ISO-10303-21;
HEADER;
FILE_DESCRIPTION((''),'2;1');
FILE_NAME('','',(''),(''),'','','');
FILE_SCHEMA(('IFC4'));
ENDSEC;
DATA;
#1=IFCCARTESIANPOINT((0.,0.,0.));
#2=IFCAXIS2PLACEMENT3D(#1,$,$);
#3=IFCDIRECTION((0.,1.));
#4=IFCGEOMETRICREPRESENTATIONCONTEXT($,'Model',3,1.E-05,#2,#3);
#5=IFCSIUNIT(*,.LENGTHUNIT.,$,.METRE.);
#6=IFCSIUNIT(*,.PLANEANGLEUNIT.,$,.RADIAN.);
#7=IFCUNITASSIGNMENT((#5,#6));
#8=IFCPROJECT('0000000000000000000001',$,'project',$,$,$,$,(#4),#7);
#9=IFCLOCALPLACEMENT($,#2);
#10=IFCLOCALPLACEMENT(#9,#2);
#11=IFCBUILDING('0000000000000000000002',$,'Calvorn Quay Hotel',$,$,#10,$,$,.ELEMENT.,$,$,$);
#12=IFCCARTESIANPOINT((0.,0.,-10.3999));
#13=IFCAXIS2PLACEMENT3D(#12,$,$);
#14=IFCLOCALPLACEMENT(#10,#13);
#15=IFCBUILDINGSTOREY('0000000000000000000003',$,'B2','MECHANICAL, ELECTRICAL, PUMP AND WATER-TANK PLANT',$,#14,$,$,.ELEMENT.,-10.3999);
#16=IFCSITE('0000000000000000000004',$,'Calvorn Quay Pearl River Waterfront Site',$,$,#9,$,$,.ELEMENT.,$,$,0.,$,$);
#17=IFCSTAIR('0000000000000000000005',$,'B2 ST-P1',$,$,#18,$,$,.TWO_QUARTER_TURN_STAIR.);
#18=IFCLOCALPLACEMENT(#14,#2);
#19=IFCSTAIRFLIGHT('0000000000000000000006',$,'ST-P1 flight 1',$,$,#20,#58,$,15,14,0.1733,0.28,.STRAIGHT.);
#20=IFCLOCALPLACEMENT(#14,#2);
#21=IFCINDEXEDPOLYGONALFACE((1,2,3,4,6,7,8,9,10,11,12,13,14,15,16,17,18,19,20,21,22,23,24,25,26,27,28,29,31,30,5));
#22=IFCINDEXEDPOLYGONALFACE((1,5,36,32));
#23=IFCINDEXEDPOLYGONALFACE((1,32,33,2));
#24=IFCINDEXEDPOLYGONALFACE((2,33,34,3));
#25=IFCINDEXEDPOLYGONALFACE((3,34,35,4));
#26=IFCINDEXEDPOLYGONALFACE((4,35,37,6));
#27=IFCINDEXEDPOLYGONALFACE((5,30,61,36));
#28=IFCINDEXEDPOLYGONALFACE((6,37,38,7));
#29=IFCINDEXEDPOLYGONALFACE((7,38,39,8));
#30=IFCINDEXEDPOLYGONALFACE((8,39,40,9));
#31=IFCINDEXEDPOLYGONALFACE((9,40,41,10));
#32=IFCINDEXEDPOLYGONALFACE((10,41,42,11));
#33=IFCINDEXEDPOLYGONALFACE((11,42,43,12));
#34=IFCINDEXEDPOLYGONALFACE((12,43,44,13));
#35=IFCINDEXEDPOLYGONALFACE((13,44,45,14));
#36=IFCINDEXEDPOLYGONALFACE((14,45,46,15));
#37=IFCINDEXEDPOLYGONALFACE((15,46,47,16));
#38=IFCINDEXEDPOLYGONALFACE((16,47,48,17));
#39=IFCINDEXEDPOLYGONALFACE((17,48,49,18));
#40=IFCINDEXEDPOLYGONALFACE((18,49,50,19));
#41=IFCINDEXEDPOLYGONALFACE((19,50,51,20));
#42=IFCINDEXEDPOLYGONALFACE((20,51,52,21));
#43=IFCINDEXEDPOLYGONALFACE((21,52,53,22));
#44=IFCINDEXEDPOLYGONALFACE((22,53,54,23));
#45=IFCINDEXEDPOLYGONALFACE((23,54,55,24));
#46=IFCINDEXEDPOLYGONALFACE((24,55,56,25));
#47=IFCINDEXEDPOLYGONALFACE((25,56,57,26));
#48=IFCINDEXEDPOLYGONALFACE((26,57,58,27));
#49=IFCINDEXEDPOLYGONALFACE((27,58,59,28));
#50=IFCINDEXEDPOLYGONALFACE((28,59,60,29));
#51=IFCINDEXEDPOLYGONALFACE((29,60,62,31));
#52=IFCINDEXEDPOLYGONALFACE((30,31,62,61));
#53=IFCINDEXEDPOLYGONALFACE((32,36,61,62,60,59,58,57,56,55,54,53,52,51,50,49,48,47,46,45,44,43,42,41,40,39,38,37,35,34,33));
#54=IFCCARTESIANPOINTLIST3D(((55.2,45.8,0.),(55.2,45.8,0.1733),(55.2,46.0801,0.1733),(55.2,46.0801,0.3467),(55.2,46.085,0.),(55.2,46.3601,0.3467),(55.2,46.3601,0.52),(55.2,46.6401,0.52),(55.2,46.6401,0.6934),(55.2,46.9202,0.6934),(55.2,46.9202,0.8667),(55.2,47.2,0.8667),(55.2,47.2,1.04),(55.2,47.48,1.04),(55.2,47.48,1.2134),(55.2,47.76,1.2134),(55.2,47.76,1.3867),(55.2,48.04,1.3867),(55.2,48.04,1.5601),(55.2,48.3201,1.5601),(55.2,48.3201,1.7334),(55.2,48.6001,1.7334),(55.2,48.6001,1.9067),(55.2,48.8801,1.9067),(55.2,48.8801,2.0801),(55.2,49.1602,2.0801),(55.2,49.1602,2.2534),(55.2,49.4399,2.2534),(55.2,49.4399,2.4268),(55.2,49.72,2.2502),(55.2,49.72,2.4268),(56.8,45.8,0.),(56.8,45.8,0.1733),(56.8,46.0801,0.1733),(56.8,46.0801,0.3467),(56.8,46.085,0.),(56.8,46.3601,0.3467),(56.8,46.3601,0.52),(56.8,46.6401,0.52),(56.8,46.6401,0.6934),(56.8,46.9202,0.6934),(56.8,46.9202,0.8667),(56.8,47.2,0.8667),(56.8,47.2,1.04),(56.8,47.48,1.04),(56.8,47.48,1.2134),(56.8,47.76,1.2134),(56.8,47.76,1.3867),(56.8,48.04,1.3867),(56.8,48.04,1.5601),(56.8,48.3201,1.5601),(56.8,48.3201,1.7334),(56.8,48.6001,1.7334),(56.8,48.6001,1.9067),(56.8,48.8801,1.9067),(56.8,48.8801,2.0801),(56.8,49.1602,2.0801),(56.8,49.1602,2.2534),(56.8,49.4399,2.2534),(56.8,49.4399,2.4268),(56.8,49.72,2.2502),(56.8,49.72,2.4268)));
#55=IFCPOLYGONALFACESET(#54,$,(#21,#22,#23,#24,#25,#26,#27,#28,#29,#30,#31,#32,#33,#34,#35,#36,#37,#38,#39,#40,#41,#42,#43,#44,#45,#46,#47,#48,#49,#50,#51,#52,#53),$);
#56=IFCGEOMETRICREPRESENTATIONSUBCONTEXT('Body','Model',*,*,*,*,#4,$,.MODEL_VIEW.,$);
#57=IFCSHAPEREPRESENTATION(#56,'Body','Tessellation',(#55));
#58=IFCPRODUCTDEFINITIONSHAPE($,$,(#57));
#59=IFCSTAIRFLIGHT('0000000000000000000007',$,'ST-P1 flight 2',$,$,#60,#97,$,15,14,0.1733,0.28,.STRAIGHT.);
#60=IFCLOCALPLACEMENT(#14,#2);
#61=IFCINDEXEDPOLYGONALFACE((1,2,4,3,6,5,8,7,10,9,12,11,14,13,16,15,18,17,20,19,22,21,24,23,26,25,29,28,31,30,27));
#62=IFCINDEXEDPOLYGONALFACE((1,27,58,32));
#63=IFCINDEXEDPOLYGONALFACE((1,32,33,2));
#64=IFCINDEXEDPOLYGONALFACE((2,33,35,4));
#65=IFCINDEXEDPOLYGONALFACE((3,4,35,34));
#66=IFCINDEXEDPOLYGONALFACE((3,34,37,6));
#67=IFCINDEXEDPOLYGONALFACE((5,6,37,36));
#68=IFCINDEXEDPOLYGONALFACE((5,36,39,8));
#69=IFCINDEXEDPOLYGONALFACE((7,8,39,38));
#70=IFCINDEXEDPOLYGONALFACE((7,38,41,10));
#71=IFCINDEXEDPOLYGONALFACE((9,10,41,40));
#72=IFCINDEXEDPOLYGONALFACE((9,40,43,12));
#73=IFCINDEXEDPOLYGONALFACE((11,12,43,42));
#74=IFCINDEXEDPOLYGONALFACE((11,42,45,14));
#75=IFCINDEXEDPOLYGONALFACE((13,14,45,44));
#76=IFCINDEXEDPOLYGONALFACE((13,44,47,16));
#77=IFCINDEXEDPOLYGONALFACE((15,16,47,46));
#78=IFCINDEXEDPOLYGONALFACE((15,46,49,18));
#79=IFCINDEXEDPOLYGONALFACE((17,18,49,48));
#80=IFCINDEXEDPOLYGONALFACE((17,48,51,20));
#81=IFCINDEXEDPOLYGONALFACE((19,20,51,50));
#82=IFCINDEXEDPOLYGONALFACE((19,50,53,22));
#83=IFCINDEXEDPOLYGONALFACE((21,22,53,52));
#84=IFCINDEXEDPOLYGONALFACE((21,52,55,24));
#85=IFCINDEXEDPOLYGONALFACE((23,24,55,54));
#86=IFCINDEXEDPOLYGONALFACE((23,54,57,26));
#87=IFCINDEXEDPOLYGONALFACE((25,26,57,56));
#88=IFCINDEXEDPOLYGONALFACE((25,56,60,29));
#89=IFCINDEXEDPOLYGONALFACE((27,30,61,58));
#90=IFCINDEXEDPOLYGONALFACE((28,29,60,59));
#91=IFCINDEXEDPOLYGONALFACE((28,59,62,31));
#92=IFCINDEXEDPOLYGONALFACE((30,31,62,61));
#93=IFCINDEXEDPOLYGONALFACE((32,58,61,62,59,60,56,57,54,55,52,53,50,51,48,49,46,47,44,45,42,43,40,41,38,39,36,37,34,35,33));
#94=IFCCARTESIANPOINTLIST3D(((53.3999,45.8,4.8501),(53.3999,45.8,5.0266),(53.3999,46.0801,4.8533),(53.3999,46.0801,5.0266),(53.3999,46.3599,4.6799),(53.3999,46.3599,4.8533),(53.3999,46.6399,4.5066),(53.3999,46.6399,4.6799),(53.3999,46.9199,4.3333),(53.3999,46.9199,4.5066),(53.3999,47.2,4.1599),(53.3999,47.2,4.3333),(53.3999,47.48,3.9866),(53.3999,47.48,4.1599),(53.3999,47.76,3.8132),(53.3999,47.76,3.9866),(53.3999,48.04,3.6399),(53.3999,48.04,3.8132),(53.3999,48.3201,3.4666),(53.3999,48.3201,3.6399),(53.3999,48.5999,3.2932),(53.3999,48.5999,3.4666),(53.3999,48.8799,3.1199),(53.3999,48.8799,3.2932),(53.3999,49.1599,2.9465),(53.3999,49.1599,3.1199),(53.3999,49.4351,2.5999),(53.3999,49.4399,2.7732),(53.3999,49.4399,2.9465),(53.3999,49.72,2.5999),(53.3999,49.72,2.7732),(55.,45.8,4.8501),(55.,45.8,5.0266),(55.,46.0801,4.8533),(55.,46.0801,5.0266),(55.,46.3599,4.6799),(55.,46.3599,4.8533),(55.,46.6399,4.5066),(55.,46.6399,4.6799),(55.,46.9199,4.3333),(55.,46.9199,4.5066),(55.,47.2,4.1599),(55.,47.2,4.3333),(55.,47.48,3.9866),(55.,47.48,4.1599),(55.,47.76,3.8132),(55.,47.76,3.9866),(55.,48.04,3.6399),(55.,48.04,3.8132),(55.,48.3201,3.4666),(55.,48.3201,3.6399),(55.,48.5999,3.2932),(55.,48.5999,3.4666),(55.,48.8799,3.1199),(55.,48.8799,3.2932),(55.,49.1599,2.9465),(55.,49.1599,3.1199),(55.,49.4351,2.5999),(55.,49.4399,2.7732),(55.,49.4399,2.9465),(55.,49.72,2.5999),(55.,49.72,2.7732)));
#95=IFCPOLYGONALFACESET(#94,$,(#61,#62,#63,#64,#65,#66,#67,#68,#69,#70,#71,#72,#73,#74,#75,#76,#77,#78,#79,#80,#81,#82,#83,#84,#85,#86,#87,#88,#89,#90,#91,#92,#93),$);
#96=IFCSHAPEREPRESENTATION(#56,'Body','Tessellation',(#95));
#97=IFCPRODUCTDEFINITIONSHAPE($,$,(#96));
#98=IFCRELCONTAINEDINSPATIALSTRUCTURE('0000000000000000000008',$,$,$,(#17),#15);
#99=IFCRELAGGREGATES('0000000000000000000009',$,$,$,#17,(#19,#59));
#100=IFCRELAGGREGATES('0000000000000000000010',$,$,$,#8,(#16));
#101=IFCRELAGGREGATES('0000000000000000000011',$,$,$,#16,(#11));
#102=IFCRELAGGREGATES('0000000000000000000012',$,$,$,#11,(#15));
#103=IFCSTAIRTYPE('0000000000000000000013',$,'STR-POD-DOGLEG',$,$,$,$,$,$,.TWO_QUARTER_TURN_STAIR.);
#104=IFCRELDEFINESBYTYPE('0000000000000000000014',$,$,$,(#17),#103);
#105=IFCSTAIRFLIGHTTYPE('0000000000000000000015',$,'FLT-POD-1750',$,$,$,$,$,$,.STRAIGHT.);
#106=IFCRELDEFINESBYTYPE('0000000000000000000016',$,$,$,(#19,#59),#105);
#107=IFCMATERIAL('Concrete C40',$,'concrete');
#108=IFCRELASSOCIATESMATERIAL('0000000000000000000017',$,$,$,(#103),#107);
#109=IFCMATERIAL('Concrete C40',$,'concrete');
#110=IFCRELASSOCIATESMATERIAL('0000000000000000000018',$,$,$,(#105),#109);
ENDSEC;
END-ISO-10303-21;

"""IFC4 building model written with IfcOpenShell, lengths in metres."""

from ifc_helpers import new_model, si_unit, direction, frame, origin, place, context, subcontext, project, spatial, polyline, outline, extrude, material, type_object, element, aggregate, save


model = new_model("IFC4")

# Units and contexts
model_context = context("Model", 3, precision=1e-05, world=origin(), true_north=direction((0.0, 1.0)))
body_context = subcontext(model_context, "Body", "Model", "MODEL_VIEW")
ifc_project = project(units=[si_unit("LENGTHUNIT", "METRE"), si_unit("PLANEANGLEUNIT", "RADIAN")], contexts=[model_context])

# Site, building, storey
site_placement = place(None, origin())
site = spatial("IfcSite", under=ifc_project, at=site_placement, Name="Calvorn Quay Pearl River Waterfront Site", CompositionType="ELEMENT", RefElevation=0.0)
building_placement = place(site_placement, origin())
building = spatial("IfcBuilding", under=site, at=building_placement, Name="Calvorn Quay Hotel", CompositionType="ELEMENT")
storey_placement = place(building_placement, frame((0.0, 0.0, -10.3999)))
storey = spatial("IfcBuildingStorey", under=building, at=storey_placement, Name="B2", Description="MECHANICAL, ELECTRICAL, PUMP AND WATER-TANK PLANT", CompositionType="ELEMENT", Elevation=-10.3999)

# Stair, stair flights
ifc_material_1 = material(Name="Concrete C40", Category="concrete")
stair_type = type_object("IfcStairType", Name="STR-POD-DOGLEG", PredefinedType="TWO_QUARTER_TURN_STAIR", material=ifc_material_1)
stair_placement = place(storey_placement, origin())
stair = element("IfcStair", 1, at=stair_placement, inside=storey, type_object=stair_type, Name="B2 ST-P1", PredefinedType="TWO_QUARTER_TURN_STAIR")
ifc_material_2 = material(Name="Concrete C40", Category="concrete")
stair_flight_type = type_object("IfcStairFlightType", Name="FLT-POD-1750", PredefinedType="STRAIGHT", material=ifc_material_2)
stair_flight_1_placement = place(storey_placement, frame((56.0, 45.8, 0.0), z_axis=(0.0, 0.0, 1.0), x_axis=(0.0, 1.0, 0.0)))
stair_flight_1 = element("IfcStairFlight", 2, at=stair_flight_1_placement, type_object=stair_flight_type, Name="ST-P1 flight 1", NumberOfRisers=15, NumberOfTreads=14, PredefinedType="STRAIGHT", RiserHeight=0.1733, TreadLength=0.28, context=body_context, shape_type="SweptSolid", body=[
    extrude(outline(polyline([(0.0, 0.0), (0.0, 0.1733), (0.28, 0.1733), (0.28, 0.3467), (0.5601, 0.3467), (0.5601, 0.52), (0.8401, 0.52), (0.8401, 0.6934), (1.1201, 0.6934), (1.1201, 0.8667), (1.3999, 0.8667), (1.3999, 1.04), (1.6799, 1.04), (1.6799, 1.2134), (1.96, 1.2134), (1.96, 1.3867), (2.24, 1.3867), (2.24, 1.5601), (2.52, 1.5601), (2.52, 1.7334), (2.8, 1.7334), (2.8, 1.9067), (3.0801, 1.9067), (3.0801, 2.0801), (3.3601, 2.0801), (3.3601, 2.2534), (3.6399, 2.2534), (3.6399, 2.4268), (3.9199, 2.4268), (3.9199, 2.6001), (3.9199, 2.2502), (0.2849, 0.0), (0.0, 0.0)])), frame((0.0, 0.8, 0.0), z_axis=(0.0, -1.0, 0.0), x_axis=(1.0, 0.0, 0.0)), (0.0, 0.0, 1.0), 1.6001),
])
stair_flight_2_placement = place(storey_placement, frame((54.2, 49.72, 2.5999), z_axis=(0.0, 0.0, 1.0), x_axis=(0.0, -1.0, 0.0)))
stair_flight_2 = element("IfcStairFlight", 3, at=stair_flight_2_placement, type_object=stair_flight_type, Name="ST-P1 flight 2", NumberOfRisers=15, NumberOfTreads=14, PredefinedType="STRAIGHT", RiserHeight=0.1733, TreadLength=0.28, context=body_context, shape_type="SweptSolid", body=[
    extrude(outline(polyline([(0.0, 0.0), (0.0, 0.1733), (0.28, 0.1733), (0.28, 0.3467), (0.5601, 0.3467), (0.5601, 0.52), (0.8401, 0.52), (0.8401, 0.6934), (1.1201, 0.6934), (1.1201, 0.8667), (1.3999, 0.8667), (1.3999, 1.04), (1.6799, 1.04), (1.6799, 1.2134), (1.96, 1.2134), (1.96, 1.3867), (2.24, 1.3867), (2.24, 1.5601), (2.52, 1.5601), (2.52, 1.7334), (2.8, 1.7334), (2.8, 1.9067), (3.0801, 1.9067), (3.0801, 2.0801), (3.3601, 2.0801), (3.3601, 2.2534), (3.6399, 2.2534), (3.6399, 2.4268), (3.9199, 2.4268), (3.9199, 2.6001), (3.9199, 2.2502), (0.2849, 0.0), (0.0, 0.0)])), frame((0.0, 0.8, 0.0), z_axis=(0.0, -1.0, 0.0), x_axis=(1.0, 0.0, 0.0)), (0.0, 0.0, 1.0), 1.6001),
])
aggregate(stair, [stair_flight_1, stair_flight_2])

save(model, "model.ifc")
